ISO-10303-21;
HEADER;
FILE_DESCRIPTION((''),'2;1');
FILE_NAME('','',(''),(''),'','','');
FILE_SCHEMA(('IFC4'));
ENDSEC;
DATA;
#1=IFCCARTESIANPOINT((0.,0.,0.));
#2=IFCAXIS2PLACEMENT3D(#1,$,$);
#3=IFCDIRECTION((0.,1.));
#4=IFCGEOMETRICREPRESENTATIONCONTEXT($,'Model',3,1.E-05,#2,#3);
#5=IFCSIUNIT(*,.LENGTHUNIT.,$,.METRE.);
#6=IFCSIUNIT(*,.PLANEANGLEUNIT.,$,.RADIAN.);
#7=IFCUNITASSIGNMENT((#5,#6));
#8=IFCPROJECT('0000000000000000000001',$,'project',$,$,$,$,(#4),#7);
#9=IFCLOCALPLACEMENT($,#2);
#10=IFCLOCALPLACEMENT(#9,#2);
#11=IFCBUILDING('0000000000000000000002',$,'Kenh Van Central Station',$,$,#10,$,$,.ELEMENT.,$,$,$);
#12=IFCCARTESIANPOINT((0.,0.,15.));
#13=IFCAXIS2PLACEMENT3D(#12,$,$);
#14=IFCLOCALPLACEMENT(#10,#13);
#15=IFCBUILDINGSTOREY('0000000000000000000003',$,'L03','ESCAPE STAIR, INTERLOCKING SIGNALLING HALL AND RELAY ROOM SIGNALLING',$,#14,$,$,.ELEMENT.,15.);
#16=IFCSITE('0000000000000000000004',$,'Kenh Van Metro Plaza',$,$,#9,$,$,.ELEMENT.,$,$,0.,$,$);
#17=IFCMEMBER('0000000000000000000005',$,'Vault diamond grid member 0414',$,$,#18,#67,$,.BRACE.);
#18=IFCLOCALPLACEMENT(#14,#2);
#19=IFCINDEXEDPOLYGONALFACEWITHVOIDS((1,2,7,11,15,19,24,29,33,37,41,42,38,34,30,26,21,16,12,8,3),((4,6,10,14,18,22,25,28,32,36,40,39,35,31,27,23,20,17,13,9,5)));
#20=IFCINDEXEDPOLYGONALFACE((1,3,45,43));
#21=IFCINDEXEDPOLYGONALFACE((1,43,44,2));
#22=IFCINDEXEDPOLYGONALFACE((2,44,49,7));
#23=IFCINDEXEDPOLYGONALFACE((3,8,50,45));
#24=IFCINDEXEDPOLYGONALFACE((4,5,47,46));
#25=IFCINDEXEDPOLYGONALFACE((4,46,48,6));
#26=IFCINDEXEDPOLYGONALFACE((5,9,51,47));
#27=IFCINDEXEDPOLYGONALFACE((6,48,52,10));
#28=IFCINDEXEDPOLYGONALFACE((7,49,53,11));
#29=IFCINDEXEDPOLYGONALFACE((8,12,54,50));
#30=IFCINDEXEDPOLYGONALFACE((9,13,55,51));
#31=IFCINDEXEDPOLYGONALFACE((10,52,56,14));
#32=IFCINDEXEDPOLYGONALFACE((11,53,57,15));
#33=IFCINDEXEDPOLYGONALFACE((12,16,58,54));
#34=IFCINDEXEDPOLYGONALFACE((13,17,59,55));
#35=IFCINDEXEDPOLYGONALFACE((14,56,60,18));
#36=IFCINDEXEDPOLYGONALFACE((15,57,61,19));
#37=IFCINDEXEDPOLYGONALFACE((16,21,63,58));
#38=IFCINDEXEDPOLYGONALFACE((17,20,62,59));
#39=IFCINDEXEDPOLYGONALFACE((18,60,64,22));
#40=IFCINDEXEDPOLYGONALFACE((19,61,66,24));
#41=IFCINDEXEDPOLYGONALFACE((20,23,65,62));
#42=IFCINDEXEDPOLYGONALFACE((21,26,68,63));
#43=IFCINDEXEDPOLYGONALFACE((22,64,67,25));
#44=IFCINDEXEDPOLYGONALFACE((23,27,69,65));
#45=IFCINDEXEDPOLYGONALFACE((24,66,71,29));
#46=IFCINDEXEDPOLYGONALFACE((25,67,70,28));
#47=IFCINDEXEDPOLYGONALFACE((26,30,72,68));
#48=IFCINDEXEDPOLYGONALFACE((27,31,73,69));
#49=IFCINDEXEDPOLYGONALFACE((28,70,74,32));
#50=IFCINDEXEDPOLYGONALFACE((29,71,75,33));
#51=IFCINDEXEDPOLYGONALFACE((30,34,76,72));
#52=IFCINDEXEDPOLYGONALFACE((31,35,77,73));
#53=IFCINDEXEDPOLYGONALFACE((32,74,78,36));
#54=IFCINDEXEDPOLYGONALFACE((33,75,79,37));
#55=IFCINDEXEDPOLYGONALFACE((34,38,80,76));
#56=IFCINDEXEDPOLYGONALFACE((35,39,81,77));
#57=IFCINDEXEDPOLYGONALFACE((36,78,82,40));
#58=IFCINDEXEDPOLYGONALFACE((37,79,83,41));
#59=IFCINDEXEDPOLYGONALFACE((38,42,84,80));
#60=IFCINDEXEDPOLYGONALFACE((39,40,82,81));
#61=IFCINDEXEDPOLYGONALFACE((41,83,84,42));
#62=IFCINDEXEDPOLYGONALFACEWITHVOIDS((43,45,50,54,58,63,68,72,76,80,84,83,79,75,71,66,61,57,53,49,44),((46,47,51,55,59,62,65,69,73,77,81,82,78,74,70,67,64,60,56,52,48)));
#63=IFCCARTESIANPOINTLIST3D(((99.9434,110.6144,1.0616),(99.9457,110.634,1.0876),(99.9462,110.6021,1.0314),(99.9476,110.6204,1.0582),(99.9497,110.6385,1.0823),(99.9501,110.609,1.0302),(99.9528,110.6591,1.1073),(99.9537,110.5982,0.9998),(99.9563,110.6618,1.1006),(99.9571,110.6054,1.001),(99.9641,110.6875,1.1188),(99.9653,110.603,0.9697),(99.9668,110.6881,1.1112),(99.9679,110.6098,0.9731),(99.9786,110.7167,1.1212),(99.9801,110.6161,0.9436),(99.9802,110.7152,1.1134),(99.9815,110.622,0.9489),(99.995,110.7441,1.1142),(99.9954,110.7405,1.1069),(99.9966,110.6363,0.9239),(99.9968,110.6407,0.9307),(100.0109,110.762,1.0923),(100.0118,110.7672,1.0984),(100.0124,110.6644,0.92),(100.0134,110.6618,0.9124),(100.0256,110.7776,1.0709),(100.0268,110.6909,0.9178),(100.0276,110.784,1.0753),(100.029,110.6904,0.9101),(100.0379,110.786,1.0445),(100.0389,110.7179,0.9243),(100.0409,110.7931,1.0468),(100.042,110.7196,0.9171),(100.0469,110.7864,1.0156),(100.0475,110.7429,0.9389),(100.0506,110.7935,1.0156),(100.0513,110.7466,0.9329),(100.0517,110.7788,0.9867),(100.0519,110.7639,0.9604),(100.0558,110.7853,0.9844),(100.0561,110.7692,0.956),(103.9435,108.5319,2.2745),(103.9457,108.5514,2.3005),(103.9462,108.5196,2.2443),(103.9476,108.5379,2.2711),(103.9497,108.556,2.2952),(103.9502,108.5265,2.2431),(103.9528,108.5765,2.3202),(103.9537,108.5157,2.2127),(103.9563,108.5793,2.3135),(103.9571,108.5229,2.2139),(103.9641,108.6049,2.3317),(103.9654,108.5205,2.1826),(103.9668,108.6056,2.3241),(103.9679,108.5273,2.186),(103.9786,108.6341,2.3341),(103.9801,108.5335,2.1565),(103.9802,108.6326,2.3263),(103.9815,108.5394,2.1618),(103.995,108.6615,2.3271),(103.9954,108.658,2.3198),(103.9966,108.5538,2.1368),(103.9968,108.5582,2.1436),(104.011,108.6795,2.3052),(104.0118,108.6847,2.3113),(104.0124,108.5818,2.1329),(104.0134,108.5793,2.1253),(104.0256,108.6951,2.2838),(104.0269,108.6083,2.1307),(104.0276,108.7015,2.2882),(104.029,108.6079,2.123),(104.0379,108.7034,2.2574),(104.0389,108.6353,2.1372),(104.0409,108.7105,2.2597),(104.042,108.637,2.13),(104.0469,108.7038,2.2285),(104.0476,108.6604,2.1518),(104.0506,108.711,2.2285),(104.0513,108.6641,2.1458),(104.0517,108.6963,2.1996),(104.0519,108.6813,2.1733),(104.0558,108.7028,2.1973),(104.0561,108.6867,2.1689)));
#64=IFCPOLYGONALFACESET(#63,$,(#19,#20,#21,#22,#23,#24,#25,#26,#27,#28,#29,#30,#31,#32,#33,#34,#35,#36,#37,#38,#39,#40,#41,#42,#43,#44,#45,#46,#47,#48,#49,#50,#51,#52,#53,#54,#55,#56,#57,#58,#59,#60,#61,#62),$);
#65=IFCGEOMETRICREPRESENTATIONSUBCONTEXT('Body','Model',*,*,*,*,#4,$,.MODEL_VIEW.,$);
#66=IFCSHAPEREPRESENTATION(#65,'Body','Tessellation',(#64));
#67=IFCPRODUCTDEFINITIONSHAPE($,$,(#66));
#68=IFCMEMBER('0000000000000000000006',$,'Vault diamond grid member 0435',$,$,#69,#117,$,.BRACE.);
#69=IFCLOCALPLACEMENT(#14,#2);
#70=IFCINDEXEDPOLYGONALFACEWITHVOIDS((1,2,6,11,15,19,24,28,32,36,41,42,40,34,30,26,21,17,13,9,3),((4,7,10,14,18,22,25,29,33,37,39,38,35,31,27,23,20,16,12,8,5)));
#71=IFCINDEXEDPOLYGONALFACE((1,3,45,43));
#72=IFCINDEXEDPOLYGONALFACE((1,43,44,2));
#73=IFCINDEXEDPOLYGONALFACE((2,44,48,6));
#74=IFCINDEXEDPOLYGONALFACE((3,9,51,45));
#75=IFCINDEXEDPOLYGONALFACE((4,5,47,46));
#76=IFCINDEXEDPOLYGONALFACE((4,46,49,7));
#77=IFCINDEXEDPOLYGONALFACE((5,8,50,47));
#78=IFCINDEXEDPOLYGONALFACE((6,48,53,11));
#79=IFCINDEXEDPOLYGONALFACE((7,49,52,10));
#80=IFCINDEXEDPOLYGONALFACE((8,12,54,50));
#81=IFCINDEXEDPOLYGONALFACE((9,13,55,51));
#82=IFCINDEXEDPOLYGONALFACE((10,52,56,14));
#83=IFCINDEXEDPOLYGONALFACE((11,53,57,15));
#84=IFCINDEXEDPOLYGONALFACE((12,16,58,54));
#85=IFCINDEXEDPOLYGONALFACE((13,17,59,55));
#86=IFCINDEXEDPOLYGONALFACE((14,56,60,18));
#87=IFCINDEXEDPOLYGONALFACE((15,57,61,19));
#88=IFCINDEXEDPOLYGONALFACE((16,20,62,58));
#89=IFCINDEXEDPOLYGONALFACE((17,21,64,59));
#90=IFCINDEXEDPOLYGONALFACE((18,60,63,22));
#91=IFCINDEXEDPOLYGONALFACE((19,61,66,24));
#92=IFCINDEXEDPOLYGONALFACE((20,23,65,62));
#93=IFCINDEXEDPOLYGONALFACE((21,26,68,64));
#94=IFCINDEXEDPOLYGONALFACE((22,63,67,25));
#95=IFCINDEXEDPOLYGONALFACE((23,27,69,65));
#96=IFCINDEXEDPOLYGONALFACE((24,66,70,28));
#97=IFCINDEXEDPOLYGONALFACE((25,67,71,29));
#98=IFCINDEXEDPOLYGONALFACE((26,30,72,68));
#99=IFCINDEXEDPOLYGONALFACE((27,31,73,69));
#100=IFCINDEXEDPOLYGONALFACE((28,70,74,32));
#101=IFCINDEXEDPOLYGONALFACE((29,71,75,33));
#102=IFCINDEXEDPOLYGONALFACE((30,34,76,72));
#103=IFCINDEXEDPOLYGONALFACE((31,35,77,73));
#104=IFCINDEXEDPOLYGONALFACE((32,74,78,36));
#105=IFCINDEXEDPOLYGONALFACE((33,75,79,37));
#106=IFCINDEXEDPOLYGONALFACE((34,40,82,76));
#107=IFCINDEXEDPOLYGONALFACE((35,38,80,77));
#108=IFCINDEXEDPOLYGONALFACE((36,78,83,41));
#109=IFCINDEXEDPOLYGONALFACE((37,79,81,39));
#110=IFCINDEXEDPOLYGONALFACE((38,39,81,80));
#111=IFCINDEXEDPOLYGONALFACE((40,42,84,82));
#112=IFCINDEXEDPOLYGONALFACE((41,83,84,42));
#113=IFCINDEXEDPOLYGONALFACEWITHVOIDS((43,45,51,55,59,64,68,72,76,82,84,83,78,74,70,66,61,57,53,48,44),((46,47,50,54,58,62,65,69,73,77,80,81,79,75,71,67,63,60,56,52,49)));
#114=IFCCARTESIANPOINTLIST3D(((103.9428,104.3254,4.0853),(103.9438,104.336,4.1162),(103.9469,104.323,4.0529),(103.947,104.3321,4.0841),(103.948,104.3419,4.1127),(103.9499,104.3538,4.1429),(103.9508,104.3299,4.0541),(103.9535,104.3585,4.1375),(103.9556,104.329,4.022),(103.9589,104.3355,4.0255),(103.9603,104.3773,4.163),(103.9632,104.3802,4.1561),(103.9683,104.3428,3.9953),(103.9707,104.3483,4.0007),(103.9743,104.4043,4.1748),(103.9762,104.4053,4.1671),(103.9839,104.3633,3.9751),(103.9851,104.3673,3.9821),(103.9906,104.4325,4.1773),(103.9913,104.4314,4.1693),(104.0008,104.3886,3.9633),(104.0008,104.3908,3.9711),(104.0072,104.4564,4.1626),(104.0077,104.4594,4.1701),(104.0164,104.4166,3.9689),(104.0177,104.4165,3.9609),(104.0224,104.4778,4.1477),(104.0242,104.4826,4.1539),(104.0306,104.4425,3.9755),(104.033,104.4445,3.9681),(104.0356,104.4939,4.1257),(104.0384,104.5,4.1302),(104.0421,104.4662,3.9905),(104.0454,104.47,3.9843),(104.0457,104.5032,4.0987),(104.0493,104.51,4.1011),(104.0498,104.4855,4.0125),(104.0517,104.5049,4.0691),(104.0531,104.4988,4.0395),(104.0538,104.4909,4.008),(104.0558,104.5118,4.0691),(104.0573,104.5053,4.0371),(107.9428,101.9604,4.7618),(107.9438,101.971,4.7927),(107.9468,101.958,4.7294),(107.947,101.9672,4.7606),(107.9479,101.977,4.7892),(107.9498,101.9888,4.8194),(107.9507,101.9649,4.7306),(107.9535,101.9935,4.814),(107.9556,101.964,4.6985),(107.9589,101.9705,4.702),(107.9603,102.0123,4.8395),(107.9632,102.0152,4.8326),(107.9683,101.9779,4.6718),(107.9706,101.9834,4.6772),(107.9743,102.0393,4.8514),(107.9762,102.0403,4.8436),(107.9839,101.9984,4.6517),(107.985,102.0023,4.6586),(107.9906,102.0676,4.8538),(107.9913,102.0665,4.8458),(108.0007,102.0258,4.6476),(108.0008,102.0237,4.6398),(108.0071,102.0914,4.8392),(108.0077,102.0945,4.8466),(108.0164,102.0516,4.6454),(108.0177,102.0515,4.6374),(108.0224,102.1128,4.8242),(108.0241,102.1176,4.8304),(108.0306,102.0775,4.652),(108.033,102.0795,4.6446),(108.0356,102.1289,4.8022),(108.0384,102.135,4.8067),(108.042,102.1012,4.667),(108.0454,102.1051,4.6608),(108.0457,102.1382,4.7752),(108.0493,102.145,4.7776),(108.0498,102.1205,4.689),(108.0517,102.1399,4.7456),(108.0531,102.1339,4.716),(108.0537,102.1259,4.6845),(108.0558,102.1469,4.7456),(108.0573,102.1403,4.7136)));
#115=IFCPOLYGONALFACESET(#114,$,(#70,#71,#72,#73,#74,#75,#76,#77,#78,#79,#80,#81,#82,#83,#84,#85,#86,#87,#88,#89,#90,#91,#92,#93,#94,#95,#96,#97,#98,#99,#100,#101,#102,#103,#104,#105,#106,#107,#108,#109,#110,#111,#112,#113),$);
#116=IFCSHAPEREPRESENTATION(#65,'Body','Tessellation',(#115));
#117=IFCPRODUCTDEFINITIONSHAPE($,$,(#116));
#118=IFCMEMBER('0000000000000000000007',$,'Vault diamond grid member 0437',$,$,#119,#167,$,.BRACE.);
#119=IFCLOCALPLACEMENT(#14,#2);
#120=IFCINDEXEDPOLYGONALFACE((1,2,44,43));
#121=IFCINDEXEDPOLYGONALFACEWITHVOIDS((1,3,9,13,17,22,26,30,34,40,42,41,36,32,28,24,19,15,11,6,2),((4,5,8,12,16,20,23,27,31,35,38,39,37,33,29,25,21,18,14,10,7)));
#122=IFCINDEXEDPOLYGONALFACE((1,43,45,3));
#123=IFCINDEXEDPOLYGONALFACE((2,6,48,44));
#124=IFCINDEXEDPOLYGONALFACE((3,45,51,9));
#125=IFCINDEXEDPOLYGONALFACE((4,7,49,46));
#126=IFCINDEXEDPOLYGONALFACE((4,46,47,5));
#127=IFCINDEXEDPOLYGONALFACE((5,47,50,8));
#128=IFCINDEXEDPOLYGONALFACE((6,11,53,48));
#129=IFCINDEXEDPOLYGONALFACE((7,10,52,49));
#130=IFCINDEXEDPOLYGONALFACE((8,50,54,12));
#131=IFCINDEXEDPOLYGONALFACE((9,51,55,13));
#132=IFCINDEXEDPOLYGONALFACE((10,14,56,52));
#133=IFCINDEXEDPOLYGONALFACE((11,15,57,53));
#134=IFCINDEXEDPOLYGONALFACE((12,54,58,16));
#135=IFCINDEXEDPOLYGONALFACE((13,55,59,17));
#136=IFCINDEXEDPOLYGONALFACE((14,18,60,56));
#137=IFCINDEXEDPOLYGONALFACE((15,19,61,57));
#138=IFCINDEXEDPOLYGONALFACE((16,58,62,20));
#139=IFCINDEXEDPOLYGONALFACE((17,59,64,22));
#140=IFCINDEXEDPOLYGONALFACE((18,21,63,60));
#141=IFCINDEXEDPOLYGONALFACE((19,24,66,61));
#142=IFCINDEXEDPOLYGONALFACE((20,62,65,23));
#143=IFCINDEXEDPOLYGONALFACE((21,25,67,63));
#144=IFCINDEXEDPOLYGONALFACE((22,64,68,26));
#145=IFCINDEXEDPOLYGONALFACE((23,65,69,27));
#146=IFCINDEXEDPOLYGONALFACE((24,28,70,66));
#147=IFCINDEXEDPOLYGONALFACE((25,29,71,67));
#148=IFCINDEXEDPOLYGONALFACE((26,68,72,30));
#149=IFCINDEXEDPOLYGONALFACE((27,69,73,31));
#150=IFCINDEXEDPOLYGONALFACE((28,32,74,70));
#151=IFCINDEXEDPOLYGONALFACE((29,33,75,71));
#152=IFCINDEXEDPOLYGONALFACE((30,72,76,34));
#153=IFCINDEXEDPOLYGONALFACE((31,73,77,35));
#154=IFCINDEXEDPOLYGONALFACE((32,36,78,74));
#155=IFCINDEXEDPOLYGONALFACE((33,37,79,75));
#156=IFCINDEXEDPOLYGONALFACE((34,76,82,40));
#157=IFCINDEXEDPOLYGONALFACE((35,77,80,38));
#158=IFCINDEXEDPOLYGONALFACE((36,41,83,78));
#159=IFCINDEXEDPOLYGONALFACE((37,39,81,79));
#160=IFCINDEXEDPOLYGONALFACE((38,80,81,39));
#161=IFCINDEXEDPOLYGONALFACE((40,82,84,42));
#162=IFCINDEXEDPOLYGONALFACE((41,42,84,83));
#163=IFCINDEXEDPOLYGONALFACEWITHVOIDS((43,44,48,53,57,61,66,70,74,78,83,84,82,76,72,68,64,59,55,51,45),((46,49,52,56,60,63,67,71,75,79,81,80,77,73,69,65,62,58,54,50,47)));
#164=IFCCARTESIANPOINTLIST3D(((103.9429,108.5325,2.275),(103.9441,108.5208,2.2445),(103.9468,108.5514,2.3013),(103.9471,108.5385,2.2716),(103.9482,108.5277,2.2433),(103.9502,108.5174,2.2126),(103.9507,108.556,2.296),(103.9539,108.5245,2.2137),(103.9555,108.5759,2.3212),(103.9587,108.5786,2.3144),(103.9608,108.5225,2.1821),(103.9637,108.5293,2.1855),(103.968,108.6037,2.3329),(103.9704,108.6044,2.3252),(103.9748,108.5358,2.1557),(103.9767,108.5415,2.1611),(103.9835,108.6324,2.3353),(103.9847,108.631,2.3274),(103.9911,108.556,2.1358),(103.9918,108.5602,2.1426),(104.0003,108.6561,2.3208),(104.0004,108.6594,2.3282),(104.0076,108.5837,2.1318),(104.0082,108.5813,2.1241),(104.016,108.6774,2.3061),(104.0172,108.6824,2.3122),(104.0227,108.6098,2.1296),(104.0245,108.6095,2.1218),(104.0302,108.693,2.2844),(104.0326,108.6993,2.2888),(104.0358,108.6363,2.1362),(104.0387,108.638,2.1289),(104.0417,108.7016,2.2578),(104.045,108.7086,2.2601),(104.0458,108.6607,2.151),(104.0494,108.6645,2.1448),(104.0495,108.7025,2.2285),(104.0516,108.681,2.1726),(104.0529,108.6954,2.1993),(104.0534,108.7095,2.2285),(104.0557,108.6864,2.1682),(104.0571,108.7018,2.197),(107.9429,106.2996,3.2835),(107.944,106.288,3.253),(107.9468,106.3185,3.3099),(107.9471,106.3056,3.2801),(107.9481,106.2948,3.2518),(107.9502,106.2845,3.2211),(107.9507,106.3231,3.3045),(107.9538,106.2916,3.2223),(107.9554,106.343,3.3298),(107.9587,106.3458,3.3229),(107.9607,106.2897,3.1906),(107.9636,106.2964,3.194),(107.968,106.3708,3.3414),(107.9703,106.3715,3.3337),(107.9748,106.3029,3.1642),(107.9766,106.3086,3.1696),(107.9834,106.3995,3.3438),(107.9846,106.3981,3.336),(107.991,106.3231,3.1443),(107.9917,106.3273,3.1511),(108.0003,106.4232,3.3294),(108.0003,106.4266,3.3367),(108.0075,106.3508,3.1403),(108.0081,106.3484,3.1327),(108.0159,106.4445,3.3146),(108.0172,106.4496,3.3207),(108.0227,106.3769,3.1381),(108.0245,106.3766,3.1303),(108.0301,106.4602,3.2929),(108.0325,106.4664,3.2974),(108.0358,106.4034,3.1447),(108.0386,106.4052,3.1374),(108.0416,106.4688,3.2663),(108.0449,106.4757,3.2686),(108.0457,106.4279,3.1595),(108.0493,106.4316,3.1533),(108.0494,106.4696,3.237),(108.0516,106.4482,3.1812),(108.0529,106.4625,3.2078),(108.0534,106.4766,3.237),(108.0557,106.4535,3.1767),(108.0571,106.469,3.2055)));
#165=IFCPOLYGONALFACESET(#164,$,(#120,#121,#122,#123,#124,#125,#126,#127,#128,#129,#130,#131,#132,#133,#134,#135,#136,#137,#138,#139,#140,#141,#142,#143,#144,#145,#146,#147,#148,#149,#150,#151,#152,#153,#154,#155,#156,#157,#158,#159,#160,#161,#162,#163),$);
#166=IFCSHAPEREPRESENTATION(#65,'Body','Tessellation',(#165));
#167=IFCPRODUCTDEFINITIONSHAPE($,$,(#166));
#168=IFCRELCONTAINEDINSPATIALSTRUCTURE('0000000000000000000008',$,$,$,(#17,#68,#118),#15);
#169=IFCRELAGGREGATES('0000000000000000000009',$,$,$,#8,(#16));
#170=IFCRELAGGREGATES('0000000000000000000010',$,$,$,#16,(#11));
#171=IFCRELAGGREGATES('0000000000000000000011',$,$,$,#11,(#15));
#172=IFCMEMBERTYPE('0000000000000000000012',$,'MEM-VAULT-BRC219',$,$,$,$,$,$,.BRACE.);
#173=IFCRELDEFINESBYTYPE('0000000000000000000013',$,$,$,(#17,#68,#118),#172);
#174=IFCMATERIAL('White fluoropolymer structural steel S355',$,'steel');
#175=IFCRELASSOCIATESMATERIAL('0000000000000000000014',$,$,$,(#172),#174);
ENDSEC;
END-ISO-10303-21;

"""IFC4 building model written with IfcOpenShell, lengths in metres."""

from ifc_helpers import new_model, si_unit, direction, frame, origin, origin_2d, place, context, subcontext, project, spatial, hollow_circle, extrude, material, material_profile, profile_set, type_object, element, save


model = new_model("IFC4")

# Units and contexts
model_context = context("Model", 3, precision=1e-05, world=origin(), true_north=direction((0.0, 1.0)))
body_context = subcontext(model_context, "Body", "Model", "MODEL_VIEW")
ifc_project = project(units=[si_unit("LENGTHUNIT", "METRE"), si_unit("PLANEANGLEUNIT", "RADIAN")], contexts=[model_context])

# Site, building, storey
site_placement = place(None, origin())
site = spatial("IfcSite", under=ifc_project, at=site_placement, Name="Kenh Van Metro Plaza", CompositionType="ELEMENT", RefElevation=0.0)
building_placement = place(site_placement, origin())
building = spatial("IfcBuilding", under=site, at=building_placement, Name="Kenh Van Central Station", CompositionType="ELEMENT")
storey_placement = place(building_placement, frame((0.0, 0.0, 15.0)))
storey = spatial("IfcBuildingStorey", under=building, at=storey_placement, Name="L03", Description="ESCAPE STAIR, INTERLOCKING SIGNALLING HALL AND RELAY ROOM SIGNALLING", CompositionType="ELEMENT", Elevation=15.0)

# Shared definitions
ifc_material_1 = material(Name="White fluoropolymer structural steel S355", Category="steel")

# Members
ifc_material_profile_1 = material_profile(ifc_material_1, hollow_circle(Radius=0.1096, WallThickness=0.0081, at=origin_2d()), Name="CHS 219.1x8")
ifc_profile_set_1 = profile_set([ifc_material_profile_1], Name="White fluoropolymer structural steel S355")
member_type_1 = type_object("IfcMemberType", Name="MEM-VAULT-BRC219", PredefinedType="BRACE", material=ifc_profile_set_1)
member_1_placement = place(storey_placement, frame((100.0, 110.6963, 1.0156), z_axis=(0.856549, -0.445945, 0.259725), x_axis=(0.461792, 0.886988, 0.0)))
element("IfcMember", 1, at=member_1_placement, inside=storey, type_object=member_type_1, Name="Vault diamond grid member 0414", PredefinedType="BRACE", context=body_context, shape_type="SweptSolid", body=[
    extrude(hollow_circle(Radius=0.1096, WallThickness=0.0081, at=origin_2d()), origin(), (0.0, 0.0, 1.0), 4.6699),
])
member_2_placement = place(storey_placement, frame((104.0, 104.4175, 4.0691), z_axis=(0.851819, -0.503636, 0.144067), x_axis=(0.508945, 0.860799, 0.0)))
element("IfcMember", 2, at=member_2_placement, inside=storey, type_object=member_type_1, Name="Vault diamond grid member 0435", PredefinedType="BRACE", context=body_context, shape_type="SweptSolid", body=[
    extrude(hollow_circle(Radius=0.1096, WallThickness=0.0081, at=origin_2d()), origin(), (0.0, 0.0, 1.0), 4.6958),
])
member_3_placement = place(storey_placement, frame((104.0, 108.6138, 2.2285), z_axis=(0.852744, -0.476025, 0.215008), x_axis=(0.487425, 0.873165, 0.0)))
element("IfcMember", 3, at=member_3_placement, inside=storey, type_object=member_type_1, Name="Vault diamond grid member 0437", PredefinedType="BRACE", context=body_context, shape_type="SweptSolid", body=[
    extrude(hollow_circle(Radius=0.1096, WallThickness=0.0081, at=origin_2d()), origin(), (0.0, 0.0, 1.0), 4.6907),
])

save(model, "model.ifc")
